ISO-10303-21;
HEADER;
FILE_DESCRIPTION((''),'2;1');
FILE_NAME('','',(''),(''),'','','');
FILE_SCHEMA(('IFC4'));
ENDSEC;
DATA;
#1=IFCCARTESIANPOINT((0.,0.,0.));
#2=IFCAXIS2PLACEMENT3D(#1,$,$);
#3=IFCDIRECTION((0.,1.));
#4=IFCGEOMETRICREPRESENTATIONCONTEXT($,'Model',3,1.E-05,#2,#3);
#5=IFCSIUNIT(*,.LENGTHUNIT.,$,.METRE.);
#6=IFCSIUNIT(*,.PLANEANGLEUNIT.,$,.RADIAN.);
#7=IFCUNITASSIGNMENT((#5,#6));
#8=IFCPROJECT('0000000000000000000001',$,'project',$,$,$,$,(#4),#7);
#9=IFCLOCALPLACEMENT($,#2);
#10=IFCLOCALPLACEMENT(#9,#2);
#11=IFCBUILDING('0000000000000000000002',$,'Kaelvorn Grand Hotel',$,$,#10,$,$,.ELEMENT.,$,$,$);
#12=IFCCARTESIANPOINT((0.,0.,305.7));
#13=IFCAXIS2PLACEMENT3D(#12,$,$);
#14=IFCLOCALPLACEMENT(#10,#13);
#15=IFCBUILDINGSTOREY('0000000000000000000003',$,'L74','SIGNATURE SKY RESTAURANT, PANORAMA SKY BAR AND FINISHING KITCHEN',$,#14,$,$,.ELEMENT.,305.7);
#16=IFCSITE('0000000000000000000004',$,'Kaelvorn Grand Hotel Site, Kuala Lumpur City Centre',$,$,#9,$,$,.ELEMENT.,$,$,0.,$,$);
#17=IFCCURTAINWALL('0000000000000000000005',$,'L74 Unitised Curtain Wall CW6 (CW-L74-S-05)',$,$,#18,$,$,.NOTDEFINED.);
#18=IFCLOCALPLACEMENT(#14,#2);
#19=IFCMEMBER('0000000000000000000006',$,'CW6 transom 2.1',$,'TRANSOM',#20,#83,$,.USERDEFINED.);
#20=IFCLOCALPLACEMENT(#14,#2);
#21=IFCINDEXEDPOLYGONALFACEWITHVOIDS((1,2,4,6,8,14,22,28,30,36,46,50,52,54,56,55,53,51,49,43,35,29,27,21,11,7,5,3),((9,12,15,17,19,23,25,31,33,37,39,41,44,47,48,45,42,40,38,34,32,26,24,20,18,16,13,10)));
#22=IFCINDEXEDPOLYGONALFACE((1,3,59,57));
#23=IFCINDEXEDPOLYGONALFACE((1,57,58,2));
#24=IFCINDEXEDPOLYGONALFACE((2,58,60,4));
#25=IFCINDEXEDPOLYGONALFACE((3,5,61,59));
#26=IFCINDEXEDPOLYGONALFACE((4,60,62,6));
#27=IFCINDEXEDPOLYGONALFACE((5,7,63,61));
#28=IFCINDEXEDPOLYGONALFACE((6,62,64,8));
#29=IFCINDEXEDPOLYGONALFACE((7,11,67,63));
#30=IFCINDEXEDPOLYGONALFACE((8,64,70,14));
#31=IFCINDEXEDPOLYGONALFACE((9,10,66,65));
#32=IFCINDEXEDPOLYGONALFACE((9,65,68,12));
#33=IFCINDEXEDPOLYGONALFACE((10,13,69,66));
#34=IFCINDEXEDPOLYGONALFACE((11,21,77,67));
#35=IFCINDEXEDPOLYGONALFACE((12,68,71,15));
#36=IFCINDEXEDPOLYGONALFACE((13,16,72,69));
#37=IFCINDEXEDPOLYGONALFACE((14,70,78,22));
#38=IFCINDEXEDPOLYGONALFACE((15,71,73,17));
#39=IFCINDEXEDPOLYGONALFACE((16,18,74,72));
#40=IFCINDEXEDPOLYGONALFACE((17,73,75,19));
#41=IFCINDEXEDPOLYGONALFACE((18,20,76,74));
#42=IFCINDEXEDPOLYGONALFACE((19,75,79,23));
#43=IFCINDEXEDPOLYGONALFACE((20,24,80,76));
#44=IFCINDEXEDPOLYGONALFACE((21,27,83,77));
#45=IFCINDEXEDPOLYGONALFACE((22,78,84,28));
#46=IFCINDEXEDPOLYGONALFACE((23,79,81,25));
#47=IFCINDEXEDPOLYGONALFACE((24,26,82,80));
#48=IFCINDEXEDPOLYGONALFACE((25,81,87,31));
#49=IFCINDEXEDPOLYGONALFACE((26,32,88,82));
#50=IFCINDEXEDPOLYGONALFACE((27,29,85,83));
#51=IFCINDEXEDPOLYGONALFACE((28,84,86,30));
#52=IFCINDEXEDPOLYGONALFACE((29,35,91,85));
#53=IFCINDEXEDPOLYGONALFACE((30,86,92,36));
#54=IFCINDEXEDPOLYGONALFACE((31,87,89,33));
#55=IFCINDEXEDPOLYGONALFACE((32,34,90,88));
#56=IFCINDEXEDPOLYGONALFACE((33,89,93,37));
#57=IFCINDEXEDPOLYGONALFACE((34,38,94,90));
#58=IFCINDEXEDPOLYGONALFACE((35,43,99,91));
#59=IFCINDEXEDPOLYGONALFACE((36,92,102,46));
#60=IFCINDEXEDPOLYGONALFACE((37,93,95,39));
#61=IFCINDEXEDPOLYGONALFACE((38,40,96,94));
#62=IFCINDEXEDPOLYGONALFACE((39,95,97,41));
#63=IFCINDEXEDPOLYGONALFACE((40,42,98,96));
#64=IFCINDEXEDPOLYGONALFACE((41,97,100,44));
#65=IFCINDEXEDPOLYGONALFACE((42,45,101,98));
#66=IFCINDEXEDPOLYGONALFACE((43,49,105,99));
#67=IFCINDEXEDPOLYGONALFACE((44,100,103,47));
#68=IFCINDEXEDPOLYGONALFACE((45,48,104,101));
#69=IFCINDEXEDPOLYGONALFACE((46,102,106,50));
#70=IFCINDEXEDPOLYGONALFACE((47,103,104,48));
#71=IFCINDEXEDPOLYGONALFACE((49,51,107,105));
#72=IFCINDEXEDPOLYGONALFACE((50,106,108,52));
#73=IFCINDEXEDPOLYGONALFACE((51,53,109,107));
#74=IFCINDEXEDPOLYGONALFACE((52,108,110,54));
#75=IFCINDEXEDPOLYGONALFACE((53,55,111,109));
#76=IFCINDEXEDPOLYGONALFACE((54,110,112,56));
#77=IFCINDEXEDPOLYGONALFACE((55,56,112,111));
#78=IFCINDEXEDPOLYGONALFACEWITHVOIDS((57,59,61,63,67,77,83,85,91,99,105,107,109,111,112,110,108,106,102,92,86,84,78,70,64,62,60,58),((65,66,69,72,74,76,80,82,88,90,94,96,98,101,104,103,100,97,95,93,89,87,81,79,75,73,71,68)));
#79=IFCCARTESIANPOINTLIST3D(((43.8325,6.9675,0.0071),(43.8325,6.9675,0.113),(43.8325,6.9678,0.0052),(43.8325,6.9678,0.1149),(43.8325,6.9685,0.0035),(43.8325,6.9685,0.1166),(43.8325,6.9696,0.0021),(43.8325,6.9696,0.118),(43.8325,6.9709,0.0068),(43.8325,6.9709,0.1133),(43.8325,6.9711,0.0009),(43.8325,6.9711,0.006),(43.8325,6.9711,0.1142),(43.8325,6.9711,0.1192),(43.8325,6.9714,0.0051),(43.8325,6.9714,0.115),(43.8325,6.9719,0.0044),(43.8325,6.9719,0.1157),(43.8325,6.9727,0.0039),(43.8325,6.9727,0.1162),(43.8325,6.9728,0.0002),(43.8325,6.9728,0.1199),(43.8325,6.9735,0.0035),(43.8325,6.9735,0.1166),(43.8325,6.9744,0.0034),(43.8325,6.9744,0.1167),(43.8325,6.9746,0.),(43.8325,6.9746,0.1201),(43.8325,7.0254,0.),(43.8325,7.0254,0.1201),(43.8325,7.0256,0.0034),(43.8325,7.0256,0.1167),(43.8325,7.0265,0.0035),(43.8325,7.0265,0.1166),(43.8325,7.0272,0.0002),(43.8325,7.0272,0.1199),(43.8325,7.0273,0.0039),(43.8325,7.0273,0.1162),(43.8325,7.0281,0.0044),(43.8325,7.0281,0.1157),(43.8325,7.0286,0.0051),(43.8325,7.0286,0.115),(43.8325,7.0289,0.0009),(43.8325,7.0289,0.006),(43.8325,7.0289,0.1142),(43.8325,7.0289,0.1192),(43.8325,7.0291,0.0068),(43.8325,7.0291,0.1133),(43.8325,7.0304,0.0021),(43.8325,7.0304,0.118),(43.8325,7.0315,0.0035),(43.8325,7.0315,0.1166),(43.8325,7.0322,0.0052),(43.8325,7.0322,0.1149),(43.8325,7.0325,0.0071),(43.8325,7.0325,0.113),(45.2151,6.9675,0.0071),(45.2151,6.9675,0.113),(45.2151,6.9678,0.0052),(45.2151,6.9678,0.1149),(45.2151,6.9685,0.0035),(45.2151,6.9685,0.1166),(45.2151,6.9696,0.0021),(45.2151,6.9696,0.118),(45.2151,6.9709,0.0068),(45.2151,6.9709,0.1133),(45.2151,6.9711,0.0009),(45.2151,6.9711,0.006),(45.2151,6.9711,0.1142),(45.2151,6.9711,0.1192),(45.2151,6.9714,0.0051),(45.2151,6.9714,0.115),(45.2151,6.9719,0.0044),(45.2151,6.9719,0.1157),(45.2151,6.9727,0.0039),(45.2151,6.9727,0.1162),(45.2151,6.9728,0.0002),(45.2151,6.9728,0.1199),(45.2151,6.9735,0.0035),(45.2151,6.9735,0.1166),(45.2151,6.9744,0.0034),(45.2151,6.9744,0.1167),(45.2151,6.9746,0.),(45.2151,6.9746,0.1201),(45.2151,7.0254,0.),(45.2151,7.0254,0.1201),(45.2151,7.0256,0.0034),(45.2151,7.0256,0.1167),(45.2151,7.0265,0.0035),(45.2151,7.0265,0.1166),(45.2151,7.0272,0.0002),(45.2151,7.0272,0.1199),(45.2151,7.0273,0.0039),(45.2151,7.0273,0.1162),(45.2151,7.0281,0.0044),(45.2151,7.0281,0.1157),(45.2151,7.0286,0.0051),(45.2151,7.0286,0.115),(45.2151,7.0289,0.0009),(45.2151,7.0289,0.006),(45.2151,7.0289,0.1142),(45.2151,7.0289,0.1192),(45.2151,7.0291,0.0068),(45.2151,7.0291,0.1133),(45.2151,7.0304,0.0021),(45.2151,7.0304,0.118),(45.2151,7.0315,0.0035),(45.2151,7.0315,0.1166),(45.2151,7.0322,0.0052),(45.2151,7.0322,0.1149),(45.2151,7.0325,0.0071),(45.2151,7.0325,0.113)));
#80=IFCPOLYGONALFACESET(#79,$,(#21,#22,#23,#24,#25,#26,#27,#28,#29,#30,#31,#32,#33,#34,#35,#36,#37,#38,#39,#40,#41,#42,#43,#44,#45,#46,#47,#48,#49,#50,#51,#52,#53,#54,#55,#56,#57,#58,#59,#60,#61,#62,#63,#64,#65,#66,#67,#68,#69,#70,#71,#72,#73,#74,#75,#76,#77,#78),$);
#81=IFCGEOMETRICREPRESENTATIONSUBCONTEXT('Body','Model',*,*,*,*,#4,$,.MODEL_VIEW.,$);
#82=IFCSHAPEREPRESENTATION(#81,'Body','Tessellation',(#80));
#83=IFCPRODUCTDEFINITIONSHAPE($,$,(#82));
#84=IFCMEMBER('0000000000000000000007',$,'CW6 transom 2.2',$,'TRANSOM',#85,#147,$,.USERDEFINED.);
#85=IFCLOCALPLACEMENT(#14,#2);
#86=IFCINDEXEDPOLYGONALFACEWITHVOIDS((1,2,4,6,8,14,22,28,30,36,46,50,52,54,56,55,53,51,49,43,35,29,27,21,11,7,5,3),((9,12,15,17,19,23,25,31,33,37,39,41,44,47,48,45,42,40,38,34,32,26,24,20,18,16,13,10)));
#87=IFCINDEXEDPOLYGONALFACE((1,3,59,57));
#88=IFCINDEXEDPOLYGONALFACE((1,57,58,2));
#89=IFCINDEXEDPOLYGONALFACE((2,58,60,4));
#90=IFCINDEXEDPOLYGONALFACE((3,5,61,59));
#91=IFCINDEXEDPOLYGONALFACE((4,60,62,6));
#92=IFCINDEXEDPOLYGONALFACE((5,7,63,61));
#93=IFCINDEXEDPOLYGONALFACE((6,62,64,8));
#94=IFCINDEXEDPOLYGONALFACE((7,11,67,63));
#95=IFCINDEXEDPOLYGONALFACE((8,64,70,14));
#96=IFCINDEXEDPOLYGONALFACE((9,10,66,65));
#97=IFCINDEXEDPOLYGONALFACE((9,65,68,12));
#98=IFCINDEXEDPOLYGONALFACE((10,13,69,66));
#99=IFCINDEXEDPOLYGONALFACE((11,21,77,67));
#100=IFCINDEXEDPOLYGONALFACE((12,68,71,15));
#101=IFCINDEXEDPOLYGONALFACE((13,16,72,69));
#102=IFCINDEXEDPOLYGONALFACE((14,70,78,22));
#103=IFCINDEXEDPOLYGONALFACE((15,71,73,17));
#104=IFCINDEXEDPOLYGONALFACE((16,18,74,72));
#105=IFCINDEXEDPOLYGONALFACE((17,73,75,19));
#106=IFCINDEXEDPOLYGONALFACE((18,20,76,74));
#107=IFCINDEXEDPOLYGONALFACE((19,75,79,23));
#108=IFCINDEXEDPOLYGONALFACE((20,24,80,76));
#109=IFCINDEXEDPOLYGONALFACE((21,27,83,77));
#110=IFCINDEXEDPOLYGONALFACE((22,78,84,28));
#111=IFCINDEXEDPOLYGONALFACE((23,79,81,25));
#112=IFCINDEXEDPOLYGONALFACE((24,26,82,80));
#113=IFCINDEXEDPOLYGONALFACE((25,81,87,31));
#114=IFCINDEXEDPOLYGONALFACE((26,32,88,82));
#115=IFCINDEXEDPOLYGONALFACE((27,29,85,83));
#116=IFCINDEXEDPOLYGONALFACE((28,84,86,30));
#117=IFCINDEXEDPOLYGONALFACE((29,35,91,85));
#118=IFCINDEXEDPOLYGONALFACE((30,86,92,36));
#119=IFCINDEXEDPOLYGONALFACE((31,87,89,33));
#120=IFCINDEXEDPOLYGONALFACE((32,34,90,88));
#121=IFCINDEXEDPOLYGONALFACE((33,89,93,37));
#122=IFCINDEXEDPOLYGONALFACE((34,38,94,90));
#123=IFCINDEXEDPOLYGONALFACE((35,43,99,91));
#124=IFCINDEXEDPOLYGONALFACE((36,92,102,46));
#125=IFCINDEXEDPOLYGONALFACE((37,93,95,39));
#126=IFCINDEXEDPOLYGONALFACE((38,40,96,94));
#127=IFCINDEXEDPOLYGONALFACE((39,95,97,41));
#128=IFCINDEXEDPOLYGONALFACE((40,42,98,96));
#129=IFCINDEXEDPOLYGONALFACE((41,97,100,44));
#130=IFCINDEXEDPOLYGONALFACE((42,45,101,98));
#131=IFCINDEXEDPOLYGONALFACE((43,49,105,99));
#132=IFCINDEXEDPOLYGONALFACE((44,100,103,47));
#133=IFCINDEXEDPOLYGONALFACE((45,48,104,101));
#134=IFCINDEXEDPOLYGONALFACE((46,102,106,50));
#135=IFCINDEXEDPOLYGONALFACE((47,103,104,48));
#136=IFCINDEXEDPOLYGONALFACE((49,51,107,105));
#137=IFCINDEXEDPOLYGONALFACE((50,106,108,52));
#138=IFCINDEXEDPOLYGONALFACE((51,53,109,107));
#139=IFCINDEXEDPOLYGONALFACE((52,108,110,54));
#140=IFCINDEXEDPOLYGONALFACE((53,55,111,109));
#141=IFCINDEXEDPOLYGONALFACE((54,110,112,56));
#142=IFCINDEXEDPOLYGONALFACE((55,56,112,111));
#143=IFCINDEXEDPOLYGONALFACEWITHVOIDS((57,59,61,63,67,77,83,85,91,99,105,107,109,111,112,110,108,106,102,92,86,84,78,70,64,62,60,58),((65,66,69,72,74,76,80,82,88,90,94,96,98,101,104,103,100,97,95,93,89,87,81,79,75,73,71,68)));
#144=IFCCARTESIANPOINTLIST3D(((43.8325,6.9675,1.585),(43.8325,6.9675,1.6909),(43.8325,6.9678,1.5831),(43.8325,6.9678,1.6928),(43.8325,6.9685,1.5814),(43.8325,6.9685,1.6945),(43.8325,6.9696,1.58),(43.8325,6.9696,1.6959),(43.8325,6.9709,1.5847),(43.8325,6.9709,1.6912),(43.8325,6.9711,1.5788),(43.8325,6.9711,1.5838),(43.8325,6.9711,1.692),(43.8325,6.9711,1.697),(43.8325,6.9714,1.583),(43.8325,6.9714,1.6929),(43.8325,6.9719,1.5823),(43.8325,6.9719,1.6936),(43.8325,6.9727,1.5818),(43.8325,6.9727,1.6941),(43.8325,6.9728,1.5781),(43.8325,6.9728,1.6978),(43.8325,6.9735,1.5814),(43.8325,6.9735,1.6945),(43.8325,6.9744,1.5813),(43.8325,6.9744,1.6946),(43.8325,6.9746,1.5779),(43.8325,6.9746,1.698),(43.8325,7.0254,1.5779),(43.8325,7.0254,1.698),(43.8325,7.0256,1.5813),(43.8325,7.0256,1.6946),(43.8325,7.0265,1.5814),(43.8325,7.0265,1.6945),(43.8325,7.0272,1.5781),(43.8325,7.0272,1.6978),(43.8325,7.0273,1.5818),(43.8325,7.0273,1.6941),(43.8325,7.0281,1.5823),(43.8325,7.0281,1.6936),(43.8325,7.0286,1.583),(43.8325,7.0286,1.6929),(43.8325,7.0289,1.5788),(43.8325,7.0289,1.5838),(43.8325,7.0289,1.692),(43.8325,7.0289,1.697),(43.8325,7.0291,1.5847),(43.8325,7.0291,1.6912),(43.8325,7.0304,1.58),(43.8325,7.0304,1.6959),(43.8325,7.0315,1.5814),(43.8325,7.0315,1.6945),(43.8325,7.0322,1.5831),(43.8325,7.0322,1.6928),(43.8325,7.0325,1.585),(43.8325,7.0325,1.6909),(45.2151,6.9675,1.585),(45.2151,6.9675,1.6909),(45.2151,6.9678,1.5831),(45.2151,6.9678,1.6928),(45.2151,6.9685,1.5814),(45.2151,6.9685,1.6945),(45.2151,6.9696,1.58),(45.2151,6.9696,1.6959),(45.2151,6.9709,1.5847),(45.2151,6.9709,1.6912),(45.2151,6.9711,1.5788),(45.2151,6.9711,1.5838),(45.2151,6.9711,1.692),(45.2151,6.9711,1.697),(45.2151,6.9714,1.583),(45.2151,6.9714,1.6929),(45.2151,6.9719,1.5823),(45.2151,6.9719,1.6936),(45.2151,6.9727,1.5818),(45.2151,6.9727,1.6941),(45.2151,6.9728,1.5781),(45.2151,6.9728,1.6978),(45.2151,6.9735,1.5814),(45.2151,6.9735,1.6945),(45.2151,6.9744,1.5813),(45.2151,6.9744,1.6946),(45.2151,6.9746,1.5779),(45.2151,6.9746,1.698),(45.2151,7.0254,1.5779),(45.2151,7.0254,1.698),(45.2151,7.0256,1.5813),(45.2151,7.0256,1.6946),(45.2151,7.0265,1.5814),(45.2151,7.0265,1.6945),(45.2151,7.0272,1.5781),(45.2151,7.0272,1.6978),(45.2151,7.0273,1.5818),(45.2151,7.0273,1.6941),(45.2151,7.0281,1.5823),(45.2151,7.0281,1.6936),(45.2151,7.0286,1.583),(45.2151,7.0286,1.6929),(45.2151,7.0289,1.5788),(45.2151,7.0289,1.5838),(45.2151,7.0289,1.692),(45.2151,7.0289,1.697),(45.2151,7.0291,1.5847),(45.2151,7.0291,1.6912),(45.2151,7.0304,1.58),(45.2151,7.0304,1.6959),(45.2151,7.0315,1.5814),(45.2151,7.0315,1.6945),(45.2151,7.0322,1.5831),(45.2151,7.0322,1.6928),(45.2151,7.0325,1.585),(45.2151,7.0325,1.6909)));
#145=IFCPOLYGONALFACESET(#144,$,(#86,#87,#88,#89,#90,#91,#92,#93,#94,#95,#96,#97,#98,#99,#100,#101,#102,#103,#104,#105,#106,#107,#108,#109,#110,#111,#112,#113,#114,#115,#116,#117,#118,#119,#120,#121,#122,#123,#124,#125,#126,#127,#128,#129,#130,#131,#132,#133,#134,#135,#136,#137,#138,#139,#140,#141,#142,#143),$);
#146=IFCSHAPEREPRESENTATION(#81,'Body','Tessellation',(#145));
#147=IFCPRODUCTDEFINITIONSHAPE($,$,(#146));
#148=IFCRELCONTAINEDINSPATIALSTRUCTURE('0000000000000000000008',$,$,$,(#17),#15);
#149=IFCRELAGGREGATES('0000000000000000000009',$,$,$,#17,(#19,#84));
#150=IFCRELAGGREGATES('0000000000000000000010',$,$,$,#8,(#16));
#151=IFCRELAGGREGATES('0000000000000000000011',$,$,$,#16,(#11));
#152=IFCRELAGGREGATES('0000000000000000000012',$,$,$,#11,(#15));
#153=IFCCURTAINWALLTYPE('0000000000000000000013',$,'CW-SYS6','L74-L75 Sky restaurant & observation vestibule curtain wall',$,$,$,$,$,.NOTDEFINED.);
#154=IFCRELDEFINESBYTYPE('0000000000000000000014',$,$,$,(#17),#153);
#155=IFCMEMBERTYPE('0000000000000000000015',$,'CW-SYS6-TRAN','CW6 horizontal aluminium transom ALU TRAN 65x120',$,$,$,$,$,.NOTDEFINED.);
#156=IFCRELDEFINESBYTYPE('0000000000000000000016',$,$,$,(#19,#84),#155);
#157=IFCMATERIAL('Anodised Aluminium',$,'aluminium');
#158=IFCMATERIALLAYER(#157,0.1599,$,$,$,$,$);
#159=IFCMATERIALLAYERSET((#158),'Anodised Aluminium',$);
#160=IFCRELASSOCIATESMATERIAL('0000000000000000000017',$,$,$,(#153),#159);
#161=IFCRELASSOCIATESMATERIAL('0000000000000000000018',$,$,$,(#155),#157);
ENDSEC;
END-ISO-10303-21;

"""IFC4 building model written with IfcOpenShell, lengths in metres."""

from ifc_helpers import new_model, si_unit, direction, frame, origin, origin_2d, place, context, subcontext, project, spatial, hollow_rectangle, extrude, material, layer, layer_set, material_profile, profile_set, type_object, element, aggregate, save


model = new_model("IFC4")

# Units and contexts
model_context = context("Model", 3, precision=1e-05, world=origin(), true_north=direction((0.0, 1.0)))
body_context = subcontext(model_context, "Body", "Model", "MODEL_VIEW")
ifc_project = project(units=[si_unit("LENGTHUNIT", "METRE"), si_unit("PLANEANGLEUNIT", "RADIAN")], contexts=[model_context])

# Site, building, storey
site_placement = place(None, origin())
site = spatial("IfcSite", under=ifc_project, at=site_placement, Name="Kaelvorn Grand Hotel Site, Kuala Lumpur City Centre", CompositionType="ELEMENT", RefElevation=0.0)
building_placement = place(site_placement, origin())
building = spatial("IfcBuilding", under=site, at=building_placement, Name="Kaelvorn Grand Hotel", CompositionType="ELEMENT")
storey_placement = place(building_placement, frame((0.0, 0.0, 305.7)))
storey = spatial("IfcBuildingStorey", under=building, at=storey_placement, Name="L74", Description="SIGNATURE SKY RESTAURANT, PANORAMA SKY BAR AND FINISHING KITCHEN", CompositionType="ELEMENT", Elevation=305.7)

# Curtain wall, members
ifc_material_1 = material(Name="Anodised Aluminium", Category="aluminium")
ifc_layer_1 = layer(ifc_material_1, 0.1599)
ifc_layer_set_1 = layer_set([ifc_layer_1], Name="Anodised Aluminium")
curtain_wall_type = type_object("IfcCurtainWallType", Name="CW-SYS6", Description="L74-L75 Sky restaurant & observation vestibule curtain wall", PredefinedType="NOTDEFINED", material=ifc_layer_set_1)
curtain_wall_placement = place(storey_placement, origin())
curtain_wall = element("IfcCurtainWall", 1, at=curtain_wall_placement, inside=storey, type_object=curtain_wall_type, Name="L74 Unitised Curtain Wall CW6 (CW-L74-S-05)", PredefinedType="NOTDEFINED")
ifc_material_profile_1 = material_profile(ifc_material_1, hollow_rectangle(XDim=0.0649, YDim=0.1201, WallThickness=0.0034, InnerFilletRadius=0.0034, OuterFilletRadius=0.0071, at=origin_2d()), Name="ALU TRAN 65x120")
ifc_profile_set_1 = profile_set([ifc_material_profile_1], Name="Anodised Aluminium")
member_type_1 = type_object("IfcMemberType", Name="CW-SYS6-TRAN", Description="CW6 horizontal aluminium transom ALU TRAN 65x120", PredefinedType="NOTDEFINED", material=ifc_profile_set_1)
member_1_placement = place(storey_placement, frame((43.8325, 7.0, 0.0601), z_axis=(1.0, 0.0, 0.0), x_axis=(0.0, 1.0, 0.0)))
member_1 = element("IfcMember", 2, at=member_1_placement, type_object=member_type_1, Name="CW6 transom 2.1", ObjectType="TRANSOM", PredefinedType="USERDEFINED", context=body_context, shape_type="SweptSolid", body=[
    extrude(hollow_rectangle(XDim=0.0649, YDim=0.1201, WallThickness=0.0034, InnerFilletRadius=0.0034, OuterFilletRadius=0.0071, at=origin_2d()), origin(), (0.0, 0.0, 1.0), 1.3826),
])
member_2_placement = place(storey_placement, frame((43.8325, 7.0, 1.6379), z_axis=(1.0, 0.0, 0.0), x_axis=(0.0, 1.0, 0.0)))
member_2 = element("IfcMember", 3, at=member_2_placement, type_object=member_type_1, Name="CW6 transom 2.2", ObjectType="TRANSOM", PredefinedType="USERDEFINED", context=body_context, shape_type="SweptSolid", body=[
    extrude(hollow_rectangle(XDim=0.0649, YDim=0.1201, WallThickness=0.0034, InnerFilletRadius=0.0034, OuterFilletRadius=0.0071, at=origin_2d()), origin(), (0.0, 0.0, 1.0), 1.3826),
])
aggregate(curtain_wall, [member_1, member_2])

save(model, "model.ifc")
